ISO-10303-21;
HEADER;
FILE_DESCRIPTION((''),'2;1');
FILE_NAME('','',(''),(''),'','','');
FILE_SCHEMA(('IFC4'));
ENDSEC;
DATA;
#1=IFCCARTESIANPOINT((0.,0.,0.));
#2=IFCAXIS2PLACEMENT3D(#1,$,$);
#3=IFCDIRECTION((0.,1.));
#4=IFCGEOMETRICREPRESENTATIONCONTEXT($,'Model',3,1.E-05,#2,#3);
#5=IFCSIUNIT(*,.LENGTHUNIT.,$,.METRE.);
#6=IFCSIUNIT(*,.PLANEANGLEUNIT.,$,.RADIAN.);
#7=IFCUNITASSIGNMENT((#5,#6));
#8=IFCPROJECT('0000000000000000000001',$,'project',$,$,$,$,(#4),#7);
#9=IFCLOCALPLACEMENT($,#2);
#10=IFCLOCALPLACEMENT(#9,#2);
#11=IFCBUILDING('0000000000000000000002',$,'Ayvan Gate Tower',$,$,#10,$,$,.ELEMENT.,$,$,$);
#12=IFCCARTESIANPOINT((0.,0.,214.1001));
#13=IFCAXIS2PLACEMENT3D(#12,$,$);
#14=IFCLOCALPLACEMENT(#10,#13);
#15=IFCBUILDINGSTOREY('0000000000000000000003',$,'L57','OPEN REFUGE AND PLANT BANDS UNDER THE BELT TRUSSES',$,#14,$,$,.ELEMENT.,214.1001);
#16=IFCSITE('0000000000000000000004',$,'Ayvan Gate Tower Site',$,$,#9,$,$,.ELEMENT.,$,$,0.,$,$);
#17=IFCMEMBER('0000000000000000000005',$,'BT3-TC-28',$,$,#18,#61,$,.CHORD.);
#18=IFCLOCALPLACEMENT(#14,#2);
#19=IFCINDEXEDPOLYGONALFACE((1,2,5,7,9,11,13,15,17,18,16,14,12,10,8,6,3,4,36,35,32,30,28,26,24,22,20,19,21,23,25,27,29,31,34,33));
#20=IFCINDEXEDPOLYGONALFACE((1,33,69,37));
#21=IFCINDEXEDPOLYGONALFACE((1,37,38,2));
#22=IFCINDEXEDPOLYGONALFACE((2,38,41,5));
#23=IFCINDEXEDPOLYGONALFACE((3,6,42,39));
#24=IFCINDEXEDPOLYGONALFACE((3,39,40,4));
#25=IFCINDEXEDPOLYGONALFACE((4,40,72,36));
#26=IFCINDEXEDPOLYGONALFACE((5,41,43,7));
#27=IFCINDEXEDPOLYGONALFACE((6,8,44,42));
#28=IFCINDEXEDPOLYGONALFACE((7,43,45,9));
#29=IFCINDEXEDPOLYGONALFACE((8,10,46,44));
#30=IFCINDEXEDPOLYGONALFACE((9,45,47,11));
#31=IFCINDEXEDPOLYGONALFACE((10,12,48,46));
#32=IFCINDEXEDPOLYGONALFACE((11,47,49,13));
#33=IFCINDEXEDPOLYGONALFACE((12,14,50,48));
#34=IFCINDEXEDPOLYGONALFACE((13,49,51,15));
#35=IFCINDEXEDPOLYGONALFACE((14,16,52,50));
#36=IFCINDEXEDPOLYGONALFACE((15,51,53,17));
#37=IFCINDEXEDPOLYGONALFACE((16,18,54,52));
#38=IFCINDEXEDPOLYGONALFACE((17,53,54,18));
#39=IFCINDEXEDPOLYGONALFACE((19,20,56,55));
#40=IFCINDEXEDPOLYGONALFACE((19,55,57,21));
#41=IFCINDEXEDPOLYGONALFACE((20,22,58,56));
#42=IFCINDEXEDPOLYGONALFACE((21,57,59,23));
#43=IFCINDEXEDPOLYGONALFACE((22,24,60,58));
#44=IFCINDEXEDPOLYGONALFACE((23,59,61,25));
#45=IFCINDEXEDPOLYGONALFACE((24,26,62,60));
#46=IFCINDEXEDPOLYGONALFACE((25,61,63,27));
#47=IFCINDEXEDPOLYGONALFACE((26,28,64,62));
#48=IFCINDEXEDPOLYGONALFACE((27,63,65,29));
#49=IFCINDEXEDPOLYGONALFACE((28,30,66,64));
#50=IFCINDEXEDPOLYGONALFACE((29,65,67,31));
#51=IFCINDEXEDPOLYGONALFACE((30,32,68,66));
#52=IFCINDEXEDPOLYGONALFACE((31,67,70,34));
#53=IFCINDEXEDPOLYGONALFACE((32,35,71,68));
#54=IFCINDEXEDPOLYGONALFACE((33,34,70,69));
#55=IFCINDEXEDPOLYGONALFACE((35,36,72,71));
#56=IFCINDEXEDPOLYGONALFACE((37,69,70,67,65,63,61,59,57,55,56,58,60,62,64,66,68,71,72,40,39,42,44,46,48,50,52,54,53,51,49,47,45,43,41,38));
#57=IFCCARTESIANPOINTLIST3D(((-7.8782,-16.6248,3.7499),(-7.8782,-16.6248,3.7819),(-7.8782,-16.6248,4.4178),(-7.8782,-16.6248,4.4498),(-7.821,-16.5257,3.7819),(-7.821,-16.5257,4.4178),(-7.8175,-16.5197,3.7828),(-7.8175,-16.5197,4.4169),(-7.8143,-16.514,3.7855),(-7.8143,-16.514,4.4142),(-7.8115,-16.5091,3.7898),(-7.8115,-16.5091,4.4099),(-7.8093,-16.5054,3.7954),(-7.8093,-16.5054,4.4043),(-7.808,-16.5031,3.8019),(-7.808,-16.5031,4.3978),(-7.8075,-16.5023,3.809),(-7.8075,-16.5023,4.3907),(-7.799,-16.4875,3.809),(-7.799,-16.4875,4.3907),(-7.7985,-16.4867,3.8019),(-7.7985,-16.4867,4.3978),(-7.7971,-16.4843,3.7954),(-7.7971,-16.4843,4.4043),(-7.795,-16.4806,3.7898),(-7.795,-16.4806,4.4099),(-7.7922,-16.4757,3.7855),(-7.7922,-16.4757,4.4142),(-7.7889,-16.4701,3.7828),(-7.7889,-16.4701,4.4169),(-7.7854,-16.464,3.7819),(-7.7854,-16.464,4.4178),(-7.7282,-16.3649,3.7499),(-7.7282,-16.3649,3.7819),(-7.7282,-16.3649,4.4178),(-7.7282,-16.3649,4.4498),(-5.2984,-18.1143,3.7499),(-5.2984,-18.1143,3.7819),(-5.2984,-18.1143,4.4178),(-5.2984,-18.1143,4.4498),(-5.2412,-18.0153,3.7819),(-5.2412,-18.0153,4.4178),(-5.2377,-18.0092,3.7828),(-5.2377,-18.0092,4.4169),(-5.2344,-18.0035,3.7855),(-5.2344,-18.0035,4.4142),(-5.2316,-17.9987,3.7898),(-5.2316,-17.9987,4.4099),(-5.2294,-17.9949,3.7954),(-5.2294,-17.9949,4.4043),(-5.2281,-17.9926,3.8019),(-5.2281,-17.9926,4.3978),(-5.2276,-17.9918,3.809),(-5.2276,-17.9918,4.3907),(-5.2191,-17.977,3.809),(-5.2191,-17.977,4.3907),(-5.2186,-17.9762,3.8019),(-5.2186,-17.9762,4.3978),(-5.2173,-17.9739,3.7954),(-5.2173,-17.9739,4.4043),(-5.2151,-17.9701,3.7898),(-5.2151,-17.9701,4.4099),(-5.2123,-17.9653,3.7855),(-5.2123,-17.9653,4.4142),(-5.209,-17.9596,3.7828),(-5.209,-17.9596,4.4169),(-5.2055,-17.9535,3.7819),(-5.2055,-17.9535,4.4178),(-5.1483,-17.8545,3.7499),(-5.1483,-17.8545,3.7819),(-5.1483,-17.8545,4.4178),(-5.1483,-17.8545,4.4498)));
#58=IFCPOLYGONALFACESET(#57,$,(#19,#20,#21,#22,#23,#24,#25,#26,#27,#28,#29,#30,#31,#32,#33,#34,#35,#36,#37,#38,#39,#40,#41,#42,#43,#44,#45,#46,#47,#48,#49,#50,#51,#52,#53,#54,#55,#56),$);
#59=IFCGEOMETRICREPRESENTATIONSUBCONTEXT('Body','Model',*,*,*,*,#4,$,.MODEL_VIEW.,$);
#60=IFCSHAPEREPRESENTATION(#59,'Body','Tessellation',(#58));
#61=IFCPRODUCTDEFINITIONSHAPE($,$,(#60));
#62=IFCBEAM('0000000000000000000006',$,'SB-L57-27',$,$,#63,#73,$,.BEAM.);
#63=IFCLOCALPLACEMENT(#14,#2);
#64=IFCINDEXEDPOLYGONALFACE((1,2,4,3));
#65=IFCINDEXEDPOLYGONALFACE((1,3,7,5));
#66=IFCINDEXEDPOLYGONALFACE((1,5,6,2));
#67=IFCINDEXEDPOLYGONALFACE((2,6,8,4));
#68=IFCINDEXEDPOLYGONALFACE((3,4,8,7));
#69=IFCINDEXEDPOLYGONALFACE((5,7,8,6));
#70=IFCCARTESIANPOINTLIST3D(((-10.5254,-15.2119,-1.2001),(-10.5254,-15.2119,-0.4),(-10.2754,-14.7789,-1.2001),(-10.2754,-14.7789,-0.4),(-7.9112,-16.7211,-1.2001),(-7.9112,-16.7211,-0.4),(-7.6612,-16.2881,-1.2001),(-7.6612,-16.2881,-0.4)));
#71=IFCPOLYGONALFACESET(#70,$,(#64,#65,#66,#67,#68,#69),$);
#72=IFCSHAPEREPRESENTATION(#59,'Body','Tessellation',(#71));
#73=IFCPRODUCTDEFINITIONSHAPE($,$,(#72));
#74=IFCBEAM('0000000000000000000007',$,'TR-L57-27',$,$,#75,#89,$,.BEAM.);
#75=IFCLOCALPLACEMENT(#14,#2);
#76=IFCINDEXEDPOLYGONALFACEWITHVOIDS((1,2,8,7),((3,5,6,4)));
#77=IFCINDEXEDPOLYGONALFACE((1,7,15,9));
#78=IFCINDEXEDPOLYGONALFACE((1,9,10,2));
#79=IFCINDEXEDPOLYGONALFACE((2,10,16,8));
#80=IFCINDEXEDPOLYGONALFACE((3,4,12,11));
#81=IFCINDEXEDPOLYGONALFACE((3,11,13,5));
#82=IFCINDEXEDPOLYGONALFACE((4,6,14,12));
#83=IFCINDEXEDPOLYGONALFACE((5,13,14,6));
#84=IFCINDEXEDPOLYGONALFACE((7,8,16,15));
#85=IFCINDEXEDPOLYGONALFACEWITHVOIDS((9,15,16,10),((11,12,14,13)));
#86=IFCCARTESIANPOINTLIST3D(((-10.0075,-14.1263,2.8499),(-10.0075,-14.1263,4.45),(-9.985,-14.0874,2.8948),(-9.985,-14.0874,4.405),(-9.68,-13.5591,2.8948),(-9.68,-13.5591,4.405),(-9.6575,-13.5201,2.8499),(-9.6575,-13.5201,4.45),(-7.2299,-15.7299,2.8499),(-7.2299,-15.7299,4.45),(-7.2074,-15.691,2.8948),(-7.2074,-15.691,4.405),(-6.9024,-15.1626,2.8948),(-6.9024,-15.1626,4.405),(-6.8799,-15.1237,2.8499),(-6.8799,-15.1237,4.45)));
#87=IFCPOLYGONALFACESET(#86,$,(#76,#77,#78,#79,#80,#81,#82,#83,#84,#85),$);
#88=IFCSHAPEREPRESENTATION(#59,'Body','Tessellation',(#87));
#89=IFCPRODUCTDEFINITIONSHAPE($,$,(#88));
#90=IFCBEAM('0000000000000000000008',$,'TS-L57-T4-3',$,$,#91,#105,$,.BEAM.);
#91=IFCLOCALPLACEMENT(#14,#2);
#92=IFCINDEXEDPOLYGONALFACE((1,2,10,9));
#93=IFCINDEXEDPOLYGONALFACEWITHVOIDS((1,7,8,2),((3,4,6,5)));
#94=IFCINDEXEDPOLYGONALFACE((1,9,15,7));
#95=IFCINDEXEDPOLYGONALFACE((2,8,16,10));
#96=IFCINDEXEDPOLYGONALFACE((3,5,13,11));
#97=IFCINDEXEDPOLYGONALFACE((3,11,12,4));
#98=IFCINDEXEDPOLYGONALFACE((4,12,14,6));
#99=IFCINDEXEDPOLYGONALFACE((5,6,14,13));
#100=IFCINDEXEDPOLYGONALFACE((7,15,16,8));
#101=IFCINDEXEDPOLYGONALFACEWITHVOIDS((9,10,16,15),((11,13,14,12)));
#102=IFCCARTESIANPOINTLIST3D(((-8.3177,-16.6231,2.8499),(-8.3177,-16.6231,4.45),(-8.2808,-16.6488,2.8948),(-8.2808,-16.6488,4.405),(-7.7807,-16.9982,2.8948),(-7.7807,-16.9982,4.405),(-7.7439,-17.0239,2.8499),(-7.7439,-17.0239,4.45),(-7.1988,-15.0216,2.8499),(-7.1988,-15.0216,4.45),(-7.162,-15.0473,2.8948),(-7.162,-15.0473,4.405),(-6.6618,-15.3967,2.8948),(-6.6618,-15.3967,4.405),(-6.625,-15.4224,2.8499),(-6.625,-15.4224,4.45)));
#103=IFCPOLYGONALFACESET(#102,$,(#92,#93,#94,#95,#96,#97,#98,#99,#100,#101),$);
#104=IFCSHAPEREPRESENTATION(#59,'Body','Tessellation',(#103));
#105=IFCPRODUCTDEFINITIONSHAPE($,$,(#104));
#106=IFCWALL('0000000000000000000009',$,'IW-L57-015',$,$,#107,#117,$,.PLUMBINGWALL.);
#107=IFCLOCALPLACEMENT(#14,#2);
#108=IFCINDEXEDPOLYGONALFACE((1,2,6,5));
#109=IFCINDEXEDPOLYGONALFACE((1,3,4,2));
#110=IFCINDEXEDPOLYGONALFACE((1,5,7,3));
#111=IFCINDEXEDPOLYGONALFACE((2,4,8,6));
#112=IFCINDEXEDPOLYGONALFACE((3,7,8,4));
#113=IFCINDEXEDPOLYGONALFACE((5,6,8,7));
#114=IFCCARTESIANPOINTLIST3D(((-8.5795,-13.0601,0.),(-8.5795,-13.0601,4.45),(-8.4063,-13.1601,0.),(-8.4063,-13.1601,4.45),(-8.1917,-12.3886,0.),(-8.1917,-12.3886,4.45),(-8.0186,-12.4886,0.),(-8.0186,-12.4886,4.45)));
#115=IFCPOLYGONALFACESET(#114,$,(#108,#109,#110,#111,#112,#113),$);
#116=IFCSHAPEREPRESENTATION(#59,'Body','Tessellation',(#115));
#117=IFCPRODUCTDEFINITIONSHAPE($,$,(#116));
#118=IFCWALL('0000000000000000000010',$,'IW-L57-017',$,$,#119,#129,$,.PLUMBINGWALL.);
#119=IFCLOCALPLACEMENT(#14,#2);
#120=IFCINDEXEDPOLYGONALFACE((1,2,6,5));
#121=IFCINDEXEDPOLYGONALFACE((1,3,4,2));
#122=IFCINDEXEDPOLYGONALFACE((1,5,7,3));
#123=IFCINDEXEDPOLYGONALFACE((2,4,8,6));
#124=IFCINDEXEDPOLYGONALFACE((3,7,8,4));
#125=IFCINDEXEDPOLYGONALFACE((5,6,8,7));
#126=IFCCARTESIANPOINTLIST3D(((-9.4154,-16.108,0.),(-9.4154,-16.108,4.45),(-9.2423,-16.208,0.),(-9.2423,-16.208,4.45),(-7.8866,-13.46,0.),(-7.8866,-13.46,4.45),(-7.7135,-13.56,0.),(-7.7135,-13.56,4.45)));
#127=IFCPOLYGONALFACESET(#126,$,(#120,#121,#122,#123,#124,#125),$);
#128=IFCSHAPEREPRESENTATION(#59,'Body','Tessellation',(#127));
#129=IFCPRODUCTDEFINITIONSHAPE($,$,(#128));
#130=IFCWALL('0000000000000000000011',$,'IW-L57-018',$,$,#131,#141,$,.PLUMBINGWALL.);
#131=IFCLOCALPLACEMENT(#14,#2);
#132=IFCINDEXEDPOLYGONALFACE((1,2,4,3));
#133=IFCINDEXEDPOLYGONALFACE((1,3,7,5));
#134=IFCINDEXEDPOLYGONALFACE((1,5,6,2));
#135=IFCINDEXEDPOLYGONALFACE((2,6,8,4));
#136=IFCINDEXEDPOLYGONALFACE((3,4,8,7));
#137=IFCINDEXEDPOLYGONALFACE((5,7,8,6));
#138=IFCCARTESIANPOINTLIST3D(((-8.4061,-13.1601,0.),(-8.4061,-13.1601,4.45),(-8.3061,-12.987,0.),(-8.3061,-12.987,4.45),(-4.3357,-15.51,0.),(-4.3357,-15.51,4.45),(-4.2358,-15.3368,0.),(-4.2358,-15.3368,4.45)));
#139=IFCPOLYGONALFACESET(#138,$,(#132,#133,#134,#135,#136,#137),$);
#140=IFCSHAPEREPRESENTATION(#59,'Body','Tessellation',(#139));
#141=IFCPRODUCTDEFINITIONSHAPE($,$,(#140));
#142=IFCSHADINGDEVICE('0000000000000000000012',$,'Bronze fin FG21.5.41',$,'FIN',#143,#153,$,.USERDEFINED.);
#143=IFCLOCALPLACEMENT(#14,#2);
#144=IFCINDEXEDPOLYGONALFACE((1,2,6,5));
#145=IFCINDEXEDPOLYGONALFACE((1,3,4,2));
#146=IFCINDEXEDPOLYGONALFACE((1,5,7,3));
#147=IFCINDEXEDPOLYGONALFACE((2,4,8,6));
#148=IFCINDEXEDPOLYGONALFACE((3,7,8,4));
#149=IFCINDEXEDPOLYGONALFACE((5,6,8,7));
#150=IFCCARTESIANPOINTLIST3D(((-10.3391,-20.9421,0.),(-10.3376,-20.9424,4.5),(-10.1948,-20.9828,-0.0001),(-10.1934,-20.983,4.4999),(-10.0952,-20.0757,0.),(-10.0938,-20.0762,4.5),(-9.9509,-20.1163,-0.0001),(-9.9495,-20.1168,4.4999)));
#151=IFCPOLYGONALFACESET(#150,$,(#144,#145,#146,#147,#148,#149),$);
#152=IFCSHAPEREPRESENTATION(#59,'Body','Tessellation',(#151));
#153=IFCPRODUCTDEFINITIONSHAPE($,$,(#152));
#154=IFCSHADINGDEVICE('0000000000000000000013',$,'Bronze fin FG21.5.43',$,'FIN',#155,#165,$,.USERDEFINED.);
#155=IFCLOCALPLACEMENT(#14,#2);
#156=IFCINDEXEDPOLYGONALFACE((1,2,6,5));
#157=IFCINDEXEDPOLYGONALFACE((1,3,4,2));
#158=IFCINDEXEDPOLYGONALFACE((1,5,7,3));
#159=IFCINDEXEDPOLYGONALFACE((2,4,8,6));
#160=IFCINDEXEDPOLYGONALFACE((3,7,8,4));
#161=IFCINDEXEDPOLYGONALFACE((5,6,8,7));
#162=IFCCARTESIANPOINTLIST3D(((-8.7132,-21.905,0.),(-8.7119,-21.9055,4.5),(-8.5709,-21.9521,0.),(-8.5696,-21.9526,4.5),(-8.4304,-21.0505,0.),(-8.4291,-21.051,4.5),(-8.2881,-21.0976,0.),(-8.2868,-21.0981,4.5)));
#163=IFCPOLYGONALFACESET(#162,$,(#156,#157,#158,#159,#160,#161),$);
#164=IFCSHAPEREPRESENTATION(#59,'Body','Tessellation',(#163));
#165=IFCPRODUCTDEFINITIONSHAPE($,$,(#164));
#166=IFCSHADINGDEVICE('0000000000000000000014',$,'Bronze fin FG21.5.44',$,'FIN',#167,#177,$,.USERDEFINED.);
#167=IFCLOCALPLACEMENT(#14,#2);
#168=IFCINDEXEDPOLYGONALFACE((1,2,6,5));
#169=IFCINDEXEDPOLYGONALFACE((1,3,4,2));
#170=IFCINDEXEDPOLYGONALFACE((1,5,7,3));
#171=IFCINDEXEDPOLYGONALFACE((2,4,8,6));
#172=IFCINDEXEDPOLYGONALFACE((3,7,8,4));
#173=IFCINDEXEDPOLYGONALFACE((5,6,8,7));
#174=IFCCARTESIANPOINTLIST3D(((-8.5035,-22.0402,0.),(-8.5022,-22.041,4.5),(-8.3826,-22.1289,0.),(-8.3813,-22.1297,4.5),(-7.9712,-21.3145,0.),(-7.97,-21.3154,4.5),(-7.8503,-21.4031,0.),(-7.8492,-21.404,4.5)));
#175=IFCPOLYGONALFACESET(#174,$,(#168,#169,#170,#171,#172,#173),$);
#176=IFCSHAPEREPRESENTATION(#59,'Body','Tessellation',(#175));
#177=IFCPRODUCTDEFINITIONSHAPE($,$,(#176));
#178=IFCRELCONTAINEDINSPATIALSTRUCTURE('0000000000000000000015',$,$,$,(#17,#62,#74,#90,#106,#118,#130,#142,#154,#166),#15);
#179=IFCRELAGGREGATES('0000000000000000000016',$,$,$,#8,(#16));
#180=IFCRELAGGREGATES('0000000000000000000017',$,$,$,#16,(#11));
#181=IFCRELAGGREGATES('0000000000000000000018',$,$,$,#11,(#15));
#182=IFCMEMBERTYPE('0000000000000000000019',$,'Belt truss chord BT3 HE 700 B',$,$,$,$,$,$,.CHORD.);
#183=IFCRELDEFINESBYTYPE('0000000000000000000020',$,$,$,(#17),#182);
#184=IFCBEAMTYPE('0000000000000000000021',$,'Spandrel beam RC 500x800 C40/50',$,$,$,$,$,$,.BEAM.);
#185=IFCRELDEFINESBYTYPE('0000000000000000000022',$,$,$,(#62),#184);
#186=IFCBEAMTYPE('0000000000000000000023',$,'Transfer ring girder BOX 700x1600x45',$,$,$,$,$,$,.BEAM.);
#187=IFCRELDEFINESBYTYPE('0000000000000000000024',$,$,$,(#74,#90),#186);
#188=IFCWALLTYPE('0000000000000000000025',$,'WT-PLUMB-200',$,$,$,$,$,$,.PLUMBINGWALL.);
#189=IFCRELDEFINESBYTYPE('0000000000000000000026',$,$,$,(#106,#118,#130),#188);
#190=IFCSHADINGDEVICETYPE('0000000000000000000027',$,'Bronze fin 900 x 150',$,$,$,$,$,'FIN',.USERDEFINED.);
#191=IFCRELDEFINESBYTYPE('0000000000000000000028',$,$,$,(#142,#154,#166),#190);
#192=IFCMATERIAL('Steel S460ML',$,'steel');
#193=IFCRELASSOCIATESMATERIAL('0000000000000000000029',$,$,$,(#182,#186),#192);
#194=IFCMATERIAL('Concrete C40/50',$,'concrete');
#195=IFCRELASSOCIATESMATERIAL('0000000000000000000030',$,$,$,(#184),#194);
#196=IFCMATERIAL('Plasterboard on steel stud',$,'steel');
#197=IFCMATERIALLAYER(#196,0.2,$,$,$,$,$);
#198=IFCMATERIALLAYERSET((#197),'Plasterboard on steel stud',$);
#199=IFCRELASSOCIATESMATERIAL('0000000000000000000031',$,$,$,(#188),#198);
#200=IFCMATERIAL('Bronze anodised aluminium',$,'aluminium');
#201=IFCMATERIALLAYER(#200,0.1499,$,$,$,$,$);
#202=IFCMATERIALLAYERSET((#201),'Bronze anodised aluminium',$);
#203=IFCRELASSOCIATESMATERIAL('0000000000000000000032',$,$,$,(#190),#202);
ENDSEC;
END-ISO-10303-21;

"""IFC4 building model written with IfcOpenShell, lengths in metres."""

from ifc_helpers import new_model, si_unit, direction, frame, frame_2d, origin, origin_2d, place, context, subcontext, project, spatial, polyline, rectangle, hollow_rectangle, i_section, outline, extrude, material, layer, layer_set, material_profile, profile_set, type_object, element, save


model = new_model("IFC4")

# Units and contexts
model_context = context("Model", 3, precision=1e-05, world=origin(), true_north=direction((0.0, 1.0)))
body_context = subcontext(model_context, "Body", "Model", "MODEL_VIEW")
ifc_project = project(units=[si_unit("LENGTHUNIT", "METRE"), si_unit("PLANEANGLEUNIT", "RADIAN")], contexts=[model_context])

# Site, building, storey
site_placement = place(None, origin())
site = spatial("IfcSite", under=ifc_project, at=site_placement, Name="Ayvan Gate Tower Site", CompositionType="ELEMENT", RefElevation=0.0)
building_placement = place(site_placement, origin())
building = spatial("IfcBuilding", under=site, at=building_placement, Name="Ayvan Gate Tower", CompositionType="ELEMENT")
storey_placement = place(building_placement, frame((0.0, 0.0, 214.1001)))
storey = spatial("IfcBuildingStorey", under=building, at=storey_placement, Name="L57", Description="OPEN REFUGE AND PLANT BANDS UNDER THE BELT TRUSSES", CompositionType="ELEMENT", Elevation=214.1001)

# Member
ifc_material_1 = material(Name="Steel S460ML", Category="steel")
ifc_material_profile_1 = material_profile(ifc_material_1, i_section(OverallWidth=0.3, OverallDepth=0.7, WebThickness=0.0171, FlangeThickness=0.032, FilletRadius=0.0271, at=origin_2d()), Name="HE 700 B")
ifc_profile_set_1 = profile_set([ifc_material_profile_1], Name="Steel S460ML")
member_type_1 = type_object("IfcMemberType", Name="Belt truss chord BT3 HE 700 B", PredefinedType="CHORD", material=ifc_profile_set_1)
member_1_placement = place(storey_placement, frame((-7.8032, -16.4949, 4.0999), z_axis=(0.86602, -0.500009, 0.0), x_axis=(0.500009, 0.86602, 0.0)))
element("IfcMember", 1, at=member_1_placement, inside=storey, type_object=member_type_1, Name="BT3-TC-28", PredefinedType="CHORD", context=body_context, shape_type="SweptSolid", body=[
    extrude(i_section(OverallWidth=0.3, OverallDepth=0.7, WebThickness=0.0171, FlangeThickness=0.032, FilletRadius=0.0271, at=origin_2d()), origin(), (0.0, 0.0, 1.0), 2.979),
])

# Beams
ifc_material_2 = material(Name="Concrete C40/50", Category="concrete")
ifc_material_profile_2 = material_profile(ifc_material_2, rectangle(XDim=0.5, YDim=0.8, at=origin_2d()), Name="RC 500x800")
ifc_profile_set_2 = profile_set([ifc_material_profile_2], Name="Concrete C40/50")
beam_type_1 = type_object("IfcBeamType", Name="Spandrel beam RC 500x800 C40/50", PredefinedType="BEAM", material=ifc_profile_set_2)
beam_1_placement = place(storey_placement, frame((-10.4004, -14.9954, -0.8), z_axis=(0.866035, -0.499984, 0.0), x_axis=(0.499984, 0.866035, 0.0)))
element("IfcBeam", 2, at=beam_1_placement, inside=storey, type_object=beam_type_1, Name="SB-L57-27", PredefinedType="BEAM", context=body_context, shape_type="SweptSolid", body=[
    extrude(rectangle(XDim=0.5, YDim=0.8, at=origin_2d()), origin(), (0.0, 0.0, 1.0), 3.0186),
])
ifc_material_profile_3 = material_profile(ifc_material_1, hollow_rectangle(XDim=0.7, YDim=1.6001, WallThickness=0.0449, at=origin_2d()), Name="BOX 700x1600x45")
ifc_profile_set_3 = profile_set([ifc_material_profile_3], Name="Steel S460ML")
beam_type_2 = type_object("IfcBeamType", Name="Transfer ring girder BOX 700x1600x45", PredefinedType="BEAM", material=ifc_profile_set_3)
beam_2_placement = place(storey_placement, frame((-9.8325, -13.8232, 3.6499), z_axis=(0.866042, -0.499971, 0.0), x_axis=(0.499971, 0.866042, 0.0)))
element("IfcBeam", 3, at=beam_2_placement, inside=storey, type_object=beam_type_2, Name="TR-L57-27", PredefinedType="BEAM", context=body_context, shape_type="SweptSolid", body=[
    extrude(hollow_rectangle(XDim=0.7, YDim=1.6001, WallThickness=0.0449, at=origin_2d()), origin(), (0.0, 0.0, 1.0), 3.2073),
])
beam_3_placement = place(storey_placement, frame((-8.0308, -16.8235, 3.6499), z_axis=(0.572707, 0.81976, 0.0), x_axis=(-0.81976, 0.572707, 0.0)))
element("IfcBeam", 4, at=beam_3_placement, inside=storey, type_object=beam_type_2, Name="TS-L57-T4-3", PredefinedType="BEAM", context=body_context, shape_type="SweptSolid", body=[
    extrude(hollow_rectangle(XDim=0.7, YDim=1.6001, WallThickness=0.0449, at=origin_2d()), origin(), (0.0, 0.0, 1.0), 1.9536),
])

# Walls
ifc_material_3 = material(Name="Plasterboard on steel stud", Category="steel")
ifc_layer_1 = layer(ifc_material_3, 0.2)
ifc_layer_set_1 = layer_set([ifc_layer_1], Name="Plasterboard on steel stud")
wall_type = type_object("IfcWallType", Name="WT-PLUMB-200", PredefinedType="PLUMBINGWALL", material=ifc_layer_set_1)
wall_1_placement = place(storey_placement, frame((-8.4929, -13.1101, 0.0), z_axis=(0.0, 0.0, 1.0), x_axis=(0.500068, 0.865986, 0.0)))
element("IfcWall", 5, at=wall_1_placement, inside=storey, type_object=wall_type, Name="IW-L57-015", PredefinedType="PLUMBINGWALL", context=body_context, shape_type="SweptSolid", body=[
    extrude(rectangle(XDim=0.7754, YDim=0.2, at=frame_2d((0.3877, 0.0))), origin(), (0.0, 0.0, 1.0), 4.45),
])
wall_2_placement = place(storey_placement, frame((-7.8, -13.51, 0.0), z_axis=(0.0, 0.0, 1.0), x_axis=(-0.500004, -0.866023, 0.0)))
element("IfcWall", 6, at=wall_2_placement, inside=storey, type_object=wall_type, Name="IW-L57-017", PredefinedType="PLUMBINGWALL", context=body_context, shape_type="SweptSolid", body=[
    extrude(rectangle(XDim=3.0576, YDim=0.2, at=frame_2d((1.5288, 0.0))), origin(), (0.0, 0.0, 1.0), 4.45),
])
wall_3_placement = place(storey_placement, frame((-8.3562, -13.0735, 0.0), z_axis=(0.0, 0.0, 1.0), x_axis=(0.866039, -0.499977, 0.0)))
element("IfcWall", 7, at=wall_3_placement, inside=storey, type_object=wall_type, Name="IW-L57-018", PredefinedType="PLUMBINGWALL", context=body_context, shape_type="SweptSolid", body=[
    extrude(rectangle(XDim=4.7, YDim=0.2, at=frame_2d((2.3501, 0.0))), origin(), (0.0, 0.0, 1.0), 4.45),
])

# Shading devices
ifc_material_4 = material(Name="Bronze anodised aluminium", Category="aluminium")
ifc_layer_2 = layer(ifc_material_4, 0.1499)
ifc_layer_set_2 = layer_set([ifc_layer_2], Name="Bronze anodised aluminium")
shading_device_type = type_object("IfcShadingDeviceType", Name="Bronze fin 900 x 150", ElementType="FIN", PredefinedType="USERDEFINED", material=ifc_layer_set_2)
shading_device_1_placement = place(storey_placement, frame((-10.0952, -20.0757, 0.0), z_axis=(-0.962581, 0.270993, 0.000335), x_axis=(-0.270993, -0.962581, 0.0)))
element("IfcShadingDevice", 8, at=shading_device_1_placement, inside=storey, type_object=shading_device_type, Name="Bronze fin FG21.5.41", ObjectType="FIN", PredefinedType="USERDEFINED", context=body_context, shape_type="SweptSolid", body=[
    extrude(outline(polyline([(0.0, 0.0), (0.9001, 0.0), (0.9, 4.5), (0.0001, 4.5), (0.0, 0.0)])), origin(), (0.0, 0.0, -1.0), 0.1499),
])
shading_device_2_placement = place(storey_placement, frame((-8.4304, -21.0505, 0.0), z_axis=(-0.949346, 0.314233, 0.000317), x_axis=(-0.314233, -0.949346, 0.0)))
element("IfcShadingDevice", 9, at=shading_device_2_placement, inside=storey, type_object=shading_device_type, Name="Bronze fin FG21.5.43", ObjectType="FIN", PredefinedType="USERDEFINED", context=body_context, shape_type="SweptSolid", body=[
    extrude(outline(polyline([(0.0, 0.0), (0.9, 0.0), (0.9001, 4.5), (0.0, 4.5), (0.0, 0.0)])), origin(), (0.0, 0.0, -1.0), 0.1499),
])
shading_device_3_placement = place(storey_placement, frame((-7.9712, -21.3145, 0.0), z_axis=(-0.806383, 0.591393, 0.000331), x_axis=(-0.591393, -0.806383, 0.0)))
element("IfcShadingDevice", 10, at=shading_device_3_placement, inside=storey, type_object=shading_device_type, Name="Bronze fin FG21.5.44", ObjectType="FIN", PredefinedType="USERDEFINED", context=body_context, shape_type="SweptSolid", body=[
    extrude(outline(polyline([(0.0, 0.0), (0.9001, 0.0), (0.8999, 4.5), (0.0001, 4.5), (0.0, 0.0)])), origin(), (0.0, 0.0, -1.0), 0.1499),
])

save(model, "model.ifc")
